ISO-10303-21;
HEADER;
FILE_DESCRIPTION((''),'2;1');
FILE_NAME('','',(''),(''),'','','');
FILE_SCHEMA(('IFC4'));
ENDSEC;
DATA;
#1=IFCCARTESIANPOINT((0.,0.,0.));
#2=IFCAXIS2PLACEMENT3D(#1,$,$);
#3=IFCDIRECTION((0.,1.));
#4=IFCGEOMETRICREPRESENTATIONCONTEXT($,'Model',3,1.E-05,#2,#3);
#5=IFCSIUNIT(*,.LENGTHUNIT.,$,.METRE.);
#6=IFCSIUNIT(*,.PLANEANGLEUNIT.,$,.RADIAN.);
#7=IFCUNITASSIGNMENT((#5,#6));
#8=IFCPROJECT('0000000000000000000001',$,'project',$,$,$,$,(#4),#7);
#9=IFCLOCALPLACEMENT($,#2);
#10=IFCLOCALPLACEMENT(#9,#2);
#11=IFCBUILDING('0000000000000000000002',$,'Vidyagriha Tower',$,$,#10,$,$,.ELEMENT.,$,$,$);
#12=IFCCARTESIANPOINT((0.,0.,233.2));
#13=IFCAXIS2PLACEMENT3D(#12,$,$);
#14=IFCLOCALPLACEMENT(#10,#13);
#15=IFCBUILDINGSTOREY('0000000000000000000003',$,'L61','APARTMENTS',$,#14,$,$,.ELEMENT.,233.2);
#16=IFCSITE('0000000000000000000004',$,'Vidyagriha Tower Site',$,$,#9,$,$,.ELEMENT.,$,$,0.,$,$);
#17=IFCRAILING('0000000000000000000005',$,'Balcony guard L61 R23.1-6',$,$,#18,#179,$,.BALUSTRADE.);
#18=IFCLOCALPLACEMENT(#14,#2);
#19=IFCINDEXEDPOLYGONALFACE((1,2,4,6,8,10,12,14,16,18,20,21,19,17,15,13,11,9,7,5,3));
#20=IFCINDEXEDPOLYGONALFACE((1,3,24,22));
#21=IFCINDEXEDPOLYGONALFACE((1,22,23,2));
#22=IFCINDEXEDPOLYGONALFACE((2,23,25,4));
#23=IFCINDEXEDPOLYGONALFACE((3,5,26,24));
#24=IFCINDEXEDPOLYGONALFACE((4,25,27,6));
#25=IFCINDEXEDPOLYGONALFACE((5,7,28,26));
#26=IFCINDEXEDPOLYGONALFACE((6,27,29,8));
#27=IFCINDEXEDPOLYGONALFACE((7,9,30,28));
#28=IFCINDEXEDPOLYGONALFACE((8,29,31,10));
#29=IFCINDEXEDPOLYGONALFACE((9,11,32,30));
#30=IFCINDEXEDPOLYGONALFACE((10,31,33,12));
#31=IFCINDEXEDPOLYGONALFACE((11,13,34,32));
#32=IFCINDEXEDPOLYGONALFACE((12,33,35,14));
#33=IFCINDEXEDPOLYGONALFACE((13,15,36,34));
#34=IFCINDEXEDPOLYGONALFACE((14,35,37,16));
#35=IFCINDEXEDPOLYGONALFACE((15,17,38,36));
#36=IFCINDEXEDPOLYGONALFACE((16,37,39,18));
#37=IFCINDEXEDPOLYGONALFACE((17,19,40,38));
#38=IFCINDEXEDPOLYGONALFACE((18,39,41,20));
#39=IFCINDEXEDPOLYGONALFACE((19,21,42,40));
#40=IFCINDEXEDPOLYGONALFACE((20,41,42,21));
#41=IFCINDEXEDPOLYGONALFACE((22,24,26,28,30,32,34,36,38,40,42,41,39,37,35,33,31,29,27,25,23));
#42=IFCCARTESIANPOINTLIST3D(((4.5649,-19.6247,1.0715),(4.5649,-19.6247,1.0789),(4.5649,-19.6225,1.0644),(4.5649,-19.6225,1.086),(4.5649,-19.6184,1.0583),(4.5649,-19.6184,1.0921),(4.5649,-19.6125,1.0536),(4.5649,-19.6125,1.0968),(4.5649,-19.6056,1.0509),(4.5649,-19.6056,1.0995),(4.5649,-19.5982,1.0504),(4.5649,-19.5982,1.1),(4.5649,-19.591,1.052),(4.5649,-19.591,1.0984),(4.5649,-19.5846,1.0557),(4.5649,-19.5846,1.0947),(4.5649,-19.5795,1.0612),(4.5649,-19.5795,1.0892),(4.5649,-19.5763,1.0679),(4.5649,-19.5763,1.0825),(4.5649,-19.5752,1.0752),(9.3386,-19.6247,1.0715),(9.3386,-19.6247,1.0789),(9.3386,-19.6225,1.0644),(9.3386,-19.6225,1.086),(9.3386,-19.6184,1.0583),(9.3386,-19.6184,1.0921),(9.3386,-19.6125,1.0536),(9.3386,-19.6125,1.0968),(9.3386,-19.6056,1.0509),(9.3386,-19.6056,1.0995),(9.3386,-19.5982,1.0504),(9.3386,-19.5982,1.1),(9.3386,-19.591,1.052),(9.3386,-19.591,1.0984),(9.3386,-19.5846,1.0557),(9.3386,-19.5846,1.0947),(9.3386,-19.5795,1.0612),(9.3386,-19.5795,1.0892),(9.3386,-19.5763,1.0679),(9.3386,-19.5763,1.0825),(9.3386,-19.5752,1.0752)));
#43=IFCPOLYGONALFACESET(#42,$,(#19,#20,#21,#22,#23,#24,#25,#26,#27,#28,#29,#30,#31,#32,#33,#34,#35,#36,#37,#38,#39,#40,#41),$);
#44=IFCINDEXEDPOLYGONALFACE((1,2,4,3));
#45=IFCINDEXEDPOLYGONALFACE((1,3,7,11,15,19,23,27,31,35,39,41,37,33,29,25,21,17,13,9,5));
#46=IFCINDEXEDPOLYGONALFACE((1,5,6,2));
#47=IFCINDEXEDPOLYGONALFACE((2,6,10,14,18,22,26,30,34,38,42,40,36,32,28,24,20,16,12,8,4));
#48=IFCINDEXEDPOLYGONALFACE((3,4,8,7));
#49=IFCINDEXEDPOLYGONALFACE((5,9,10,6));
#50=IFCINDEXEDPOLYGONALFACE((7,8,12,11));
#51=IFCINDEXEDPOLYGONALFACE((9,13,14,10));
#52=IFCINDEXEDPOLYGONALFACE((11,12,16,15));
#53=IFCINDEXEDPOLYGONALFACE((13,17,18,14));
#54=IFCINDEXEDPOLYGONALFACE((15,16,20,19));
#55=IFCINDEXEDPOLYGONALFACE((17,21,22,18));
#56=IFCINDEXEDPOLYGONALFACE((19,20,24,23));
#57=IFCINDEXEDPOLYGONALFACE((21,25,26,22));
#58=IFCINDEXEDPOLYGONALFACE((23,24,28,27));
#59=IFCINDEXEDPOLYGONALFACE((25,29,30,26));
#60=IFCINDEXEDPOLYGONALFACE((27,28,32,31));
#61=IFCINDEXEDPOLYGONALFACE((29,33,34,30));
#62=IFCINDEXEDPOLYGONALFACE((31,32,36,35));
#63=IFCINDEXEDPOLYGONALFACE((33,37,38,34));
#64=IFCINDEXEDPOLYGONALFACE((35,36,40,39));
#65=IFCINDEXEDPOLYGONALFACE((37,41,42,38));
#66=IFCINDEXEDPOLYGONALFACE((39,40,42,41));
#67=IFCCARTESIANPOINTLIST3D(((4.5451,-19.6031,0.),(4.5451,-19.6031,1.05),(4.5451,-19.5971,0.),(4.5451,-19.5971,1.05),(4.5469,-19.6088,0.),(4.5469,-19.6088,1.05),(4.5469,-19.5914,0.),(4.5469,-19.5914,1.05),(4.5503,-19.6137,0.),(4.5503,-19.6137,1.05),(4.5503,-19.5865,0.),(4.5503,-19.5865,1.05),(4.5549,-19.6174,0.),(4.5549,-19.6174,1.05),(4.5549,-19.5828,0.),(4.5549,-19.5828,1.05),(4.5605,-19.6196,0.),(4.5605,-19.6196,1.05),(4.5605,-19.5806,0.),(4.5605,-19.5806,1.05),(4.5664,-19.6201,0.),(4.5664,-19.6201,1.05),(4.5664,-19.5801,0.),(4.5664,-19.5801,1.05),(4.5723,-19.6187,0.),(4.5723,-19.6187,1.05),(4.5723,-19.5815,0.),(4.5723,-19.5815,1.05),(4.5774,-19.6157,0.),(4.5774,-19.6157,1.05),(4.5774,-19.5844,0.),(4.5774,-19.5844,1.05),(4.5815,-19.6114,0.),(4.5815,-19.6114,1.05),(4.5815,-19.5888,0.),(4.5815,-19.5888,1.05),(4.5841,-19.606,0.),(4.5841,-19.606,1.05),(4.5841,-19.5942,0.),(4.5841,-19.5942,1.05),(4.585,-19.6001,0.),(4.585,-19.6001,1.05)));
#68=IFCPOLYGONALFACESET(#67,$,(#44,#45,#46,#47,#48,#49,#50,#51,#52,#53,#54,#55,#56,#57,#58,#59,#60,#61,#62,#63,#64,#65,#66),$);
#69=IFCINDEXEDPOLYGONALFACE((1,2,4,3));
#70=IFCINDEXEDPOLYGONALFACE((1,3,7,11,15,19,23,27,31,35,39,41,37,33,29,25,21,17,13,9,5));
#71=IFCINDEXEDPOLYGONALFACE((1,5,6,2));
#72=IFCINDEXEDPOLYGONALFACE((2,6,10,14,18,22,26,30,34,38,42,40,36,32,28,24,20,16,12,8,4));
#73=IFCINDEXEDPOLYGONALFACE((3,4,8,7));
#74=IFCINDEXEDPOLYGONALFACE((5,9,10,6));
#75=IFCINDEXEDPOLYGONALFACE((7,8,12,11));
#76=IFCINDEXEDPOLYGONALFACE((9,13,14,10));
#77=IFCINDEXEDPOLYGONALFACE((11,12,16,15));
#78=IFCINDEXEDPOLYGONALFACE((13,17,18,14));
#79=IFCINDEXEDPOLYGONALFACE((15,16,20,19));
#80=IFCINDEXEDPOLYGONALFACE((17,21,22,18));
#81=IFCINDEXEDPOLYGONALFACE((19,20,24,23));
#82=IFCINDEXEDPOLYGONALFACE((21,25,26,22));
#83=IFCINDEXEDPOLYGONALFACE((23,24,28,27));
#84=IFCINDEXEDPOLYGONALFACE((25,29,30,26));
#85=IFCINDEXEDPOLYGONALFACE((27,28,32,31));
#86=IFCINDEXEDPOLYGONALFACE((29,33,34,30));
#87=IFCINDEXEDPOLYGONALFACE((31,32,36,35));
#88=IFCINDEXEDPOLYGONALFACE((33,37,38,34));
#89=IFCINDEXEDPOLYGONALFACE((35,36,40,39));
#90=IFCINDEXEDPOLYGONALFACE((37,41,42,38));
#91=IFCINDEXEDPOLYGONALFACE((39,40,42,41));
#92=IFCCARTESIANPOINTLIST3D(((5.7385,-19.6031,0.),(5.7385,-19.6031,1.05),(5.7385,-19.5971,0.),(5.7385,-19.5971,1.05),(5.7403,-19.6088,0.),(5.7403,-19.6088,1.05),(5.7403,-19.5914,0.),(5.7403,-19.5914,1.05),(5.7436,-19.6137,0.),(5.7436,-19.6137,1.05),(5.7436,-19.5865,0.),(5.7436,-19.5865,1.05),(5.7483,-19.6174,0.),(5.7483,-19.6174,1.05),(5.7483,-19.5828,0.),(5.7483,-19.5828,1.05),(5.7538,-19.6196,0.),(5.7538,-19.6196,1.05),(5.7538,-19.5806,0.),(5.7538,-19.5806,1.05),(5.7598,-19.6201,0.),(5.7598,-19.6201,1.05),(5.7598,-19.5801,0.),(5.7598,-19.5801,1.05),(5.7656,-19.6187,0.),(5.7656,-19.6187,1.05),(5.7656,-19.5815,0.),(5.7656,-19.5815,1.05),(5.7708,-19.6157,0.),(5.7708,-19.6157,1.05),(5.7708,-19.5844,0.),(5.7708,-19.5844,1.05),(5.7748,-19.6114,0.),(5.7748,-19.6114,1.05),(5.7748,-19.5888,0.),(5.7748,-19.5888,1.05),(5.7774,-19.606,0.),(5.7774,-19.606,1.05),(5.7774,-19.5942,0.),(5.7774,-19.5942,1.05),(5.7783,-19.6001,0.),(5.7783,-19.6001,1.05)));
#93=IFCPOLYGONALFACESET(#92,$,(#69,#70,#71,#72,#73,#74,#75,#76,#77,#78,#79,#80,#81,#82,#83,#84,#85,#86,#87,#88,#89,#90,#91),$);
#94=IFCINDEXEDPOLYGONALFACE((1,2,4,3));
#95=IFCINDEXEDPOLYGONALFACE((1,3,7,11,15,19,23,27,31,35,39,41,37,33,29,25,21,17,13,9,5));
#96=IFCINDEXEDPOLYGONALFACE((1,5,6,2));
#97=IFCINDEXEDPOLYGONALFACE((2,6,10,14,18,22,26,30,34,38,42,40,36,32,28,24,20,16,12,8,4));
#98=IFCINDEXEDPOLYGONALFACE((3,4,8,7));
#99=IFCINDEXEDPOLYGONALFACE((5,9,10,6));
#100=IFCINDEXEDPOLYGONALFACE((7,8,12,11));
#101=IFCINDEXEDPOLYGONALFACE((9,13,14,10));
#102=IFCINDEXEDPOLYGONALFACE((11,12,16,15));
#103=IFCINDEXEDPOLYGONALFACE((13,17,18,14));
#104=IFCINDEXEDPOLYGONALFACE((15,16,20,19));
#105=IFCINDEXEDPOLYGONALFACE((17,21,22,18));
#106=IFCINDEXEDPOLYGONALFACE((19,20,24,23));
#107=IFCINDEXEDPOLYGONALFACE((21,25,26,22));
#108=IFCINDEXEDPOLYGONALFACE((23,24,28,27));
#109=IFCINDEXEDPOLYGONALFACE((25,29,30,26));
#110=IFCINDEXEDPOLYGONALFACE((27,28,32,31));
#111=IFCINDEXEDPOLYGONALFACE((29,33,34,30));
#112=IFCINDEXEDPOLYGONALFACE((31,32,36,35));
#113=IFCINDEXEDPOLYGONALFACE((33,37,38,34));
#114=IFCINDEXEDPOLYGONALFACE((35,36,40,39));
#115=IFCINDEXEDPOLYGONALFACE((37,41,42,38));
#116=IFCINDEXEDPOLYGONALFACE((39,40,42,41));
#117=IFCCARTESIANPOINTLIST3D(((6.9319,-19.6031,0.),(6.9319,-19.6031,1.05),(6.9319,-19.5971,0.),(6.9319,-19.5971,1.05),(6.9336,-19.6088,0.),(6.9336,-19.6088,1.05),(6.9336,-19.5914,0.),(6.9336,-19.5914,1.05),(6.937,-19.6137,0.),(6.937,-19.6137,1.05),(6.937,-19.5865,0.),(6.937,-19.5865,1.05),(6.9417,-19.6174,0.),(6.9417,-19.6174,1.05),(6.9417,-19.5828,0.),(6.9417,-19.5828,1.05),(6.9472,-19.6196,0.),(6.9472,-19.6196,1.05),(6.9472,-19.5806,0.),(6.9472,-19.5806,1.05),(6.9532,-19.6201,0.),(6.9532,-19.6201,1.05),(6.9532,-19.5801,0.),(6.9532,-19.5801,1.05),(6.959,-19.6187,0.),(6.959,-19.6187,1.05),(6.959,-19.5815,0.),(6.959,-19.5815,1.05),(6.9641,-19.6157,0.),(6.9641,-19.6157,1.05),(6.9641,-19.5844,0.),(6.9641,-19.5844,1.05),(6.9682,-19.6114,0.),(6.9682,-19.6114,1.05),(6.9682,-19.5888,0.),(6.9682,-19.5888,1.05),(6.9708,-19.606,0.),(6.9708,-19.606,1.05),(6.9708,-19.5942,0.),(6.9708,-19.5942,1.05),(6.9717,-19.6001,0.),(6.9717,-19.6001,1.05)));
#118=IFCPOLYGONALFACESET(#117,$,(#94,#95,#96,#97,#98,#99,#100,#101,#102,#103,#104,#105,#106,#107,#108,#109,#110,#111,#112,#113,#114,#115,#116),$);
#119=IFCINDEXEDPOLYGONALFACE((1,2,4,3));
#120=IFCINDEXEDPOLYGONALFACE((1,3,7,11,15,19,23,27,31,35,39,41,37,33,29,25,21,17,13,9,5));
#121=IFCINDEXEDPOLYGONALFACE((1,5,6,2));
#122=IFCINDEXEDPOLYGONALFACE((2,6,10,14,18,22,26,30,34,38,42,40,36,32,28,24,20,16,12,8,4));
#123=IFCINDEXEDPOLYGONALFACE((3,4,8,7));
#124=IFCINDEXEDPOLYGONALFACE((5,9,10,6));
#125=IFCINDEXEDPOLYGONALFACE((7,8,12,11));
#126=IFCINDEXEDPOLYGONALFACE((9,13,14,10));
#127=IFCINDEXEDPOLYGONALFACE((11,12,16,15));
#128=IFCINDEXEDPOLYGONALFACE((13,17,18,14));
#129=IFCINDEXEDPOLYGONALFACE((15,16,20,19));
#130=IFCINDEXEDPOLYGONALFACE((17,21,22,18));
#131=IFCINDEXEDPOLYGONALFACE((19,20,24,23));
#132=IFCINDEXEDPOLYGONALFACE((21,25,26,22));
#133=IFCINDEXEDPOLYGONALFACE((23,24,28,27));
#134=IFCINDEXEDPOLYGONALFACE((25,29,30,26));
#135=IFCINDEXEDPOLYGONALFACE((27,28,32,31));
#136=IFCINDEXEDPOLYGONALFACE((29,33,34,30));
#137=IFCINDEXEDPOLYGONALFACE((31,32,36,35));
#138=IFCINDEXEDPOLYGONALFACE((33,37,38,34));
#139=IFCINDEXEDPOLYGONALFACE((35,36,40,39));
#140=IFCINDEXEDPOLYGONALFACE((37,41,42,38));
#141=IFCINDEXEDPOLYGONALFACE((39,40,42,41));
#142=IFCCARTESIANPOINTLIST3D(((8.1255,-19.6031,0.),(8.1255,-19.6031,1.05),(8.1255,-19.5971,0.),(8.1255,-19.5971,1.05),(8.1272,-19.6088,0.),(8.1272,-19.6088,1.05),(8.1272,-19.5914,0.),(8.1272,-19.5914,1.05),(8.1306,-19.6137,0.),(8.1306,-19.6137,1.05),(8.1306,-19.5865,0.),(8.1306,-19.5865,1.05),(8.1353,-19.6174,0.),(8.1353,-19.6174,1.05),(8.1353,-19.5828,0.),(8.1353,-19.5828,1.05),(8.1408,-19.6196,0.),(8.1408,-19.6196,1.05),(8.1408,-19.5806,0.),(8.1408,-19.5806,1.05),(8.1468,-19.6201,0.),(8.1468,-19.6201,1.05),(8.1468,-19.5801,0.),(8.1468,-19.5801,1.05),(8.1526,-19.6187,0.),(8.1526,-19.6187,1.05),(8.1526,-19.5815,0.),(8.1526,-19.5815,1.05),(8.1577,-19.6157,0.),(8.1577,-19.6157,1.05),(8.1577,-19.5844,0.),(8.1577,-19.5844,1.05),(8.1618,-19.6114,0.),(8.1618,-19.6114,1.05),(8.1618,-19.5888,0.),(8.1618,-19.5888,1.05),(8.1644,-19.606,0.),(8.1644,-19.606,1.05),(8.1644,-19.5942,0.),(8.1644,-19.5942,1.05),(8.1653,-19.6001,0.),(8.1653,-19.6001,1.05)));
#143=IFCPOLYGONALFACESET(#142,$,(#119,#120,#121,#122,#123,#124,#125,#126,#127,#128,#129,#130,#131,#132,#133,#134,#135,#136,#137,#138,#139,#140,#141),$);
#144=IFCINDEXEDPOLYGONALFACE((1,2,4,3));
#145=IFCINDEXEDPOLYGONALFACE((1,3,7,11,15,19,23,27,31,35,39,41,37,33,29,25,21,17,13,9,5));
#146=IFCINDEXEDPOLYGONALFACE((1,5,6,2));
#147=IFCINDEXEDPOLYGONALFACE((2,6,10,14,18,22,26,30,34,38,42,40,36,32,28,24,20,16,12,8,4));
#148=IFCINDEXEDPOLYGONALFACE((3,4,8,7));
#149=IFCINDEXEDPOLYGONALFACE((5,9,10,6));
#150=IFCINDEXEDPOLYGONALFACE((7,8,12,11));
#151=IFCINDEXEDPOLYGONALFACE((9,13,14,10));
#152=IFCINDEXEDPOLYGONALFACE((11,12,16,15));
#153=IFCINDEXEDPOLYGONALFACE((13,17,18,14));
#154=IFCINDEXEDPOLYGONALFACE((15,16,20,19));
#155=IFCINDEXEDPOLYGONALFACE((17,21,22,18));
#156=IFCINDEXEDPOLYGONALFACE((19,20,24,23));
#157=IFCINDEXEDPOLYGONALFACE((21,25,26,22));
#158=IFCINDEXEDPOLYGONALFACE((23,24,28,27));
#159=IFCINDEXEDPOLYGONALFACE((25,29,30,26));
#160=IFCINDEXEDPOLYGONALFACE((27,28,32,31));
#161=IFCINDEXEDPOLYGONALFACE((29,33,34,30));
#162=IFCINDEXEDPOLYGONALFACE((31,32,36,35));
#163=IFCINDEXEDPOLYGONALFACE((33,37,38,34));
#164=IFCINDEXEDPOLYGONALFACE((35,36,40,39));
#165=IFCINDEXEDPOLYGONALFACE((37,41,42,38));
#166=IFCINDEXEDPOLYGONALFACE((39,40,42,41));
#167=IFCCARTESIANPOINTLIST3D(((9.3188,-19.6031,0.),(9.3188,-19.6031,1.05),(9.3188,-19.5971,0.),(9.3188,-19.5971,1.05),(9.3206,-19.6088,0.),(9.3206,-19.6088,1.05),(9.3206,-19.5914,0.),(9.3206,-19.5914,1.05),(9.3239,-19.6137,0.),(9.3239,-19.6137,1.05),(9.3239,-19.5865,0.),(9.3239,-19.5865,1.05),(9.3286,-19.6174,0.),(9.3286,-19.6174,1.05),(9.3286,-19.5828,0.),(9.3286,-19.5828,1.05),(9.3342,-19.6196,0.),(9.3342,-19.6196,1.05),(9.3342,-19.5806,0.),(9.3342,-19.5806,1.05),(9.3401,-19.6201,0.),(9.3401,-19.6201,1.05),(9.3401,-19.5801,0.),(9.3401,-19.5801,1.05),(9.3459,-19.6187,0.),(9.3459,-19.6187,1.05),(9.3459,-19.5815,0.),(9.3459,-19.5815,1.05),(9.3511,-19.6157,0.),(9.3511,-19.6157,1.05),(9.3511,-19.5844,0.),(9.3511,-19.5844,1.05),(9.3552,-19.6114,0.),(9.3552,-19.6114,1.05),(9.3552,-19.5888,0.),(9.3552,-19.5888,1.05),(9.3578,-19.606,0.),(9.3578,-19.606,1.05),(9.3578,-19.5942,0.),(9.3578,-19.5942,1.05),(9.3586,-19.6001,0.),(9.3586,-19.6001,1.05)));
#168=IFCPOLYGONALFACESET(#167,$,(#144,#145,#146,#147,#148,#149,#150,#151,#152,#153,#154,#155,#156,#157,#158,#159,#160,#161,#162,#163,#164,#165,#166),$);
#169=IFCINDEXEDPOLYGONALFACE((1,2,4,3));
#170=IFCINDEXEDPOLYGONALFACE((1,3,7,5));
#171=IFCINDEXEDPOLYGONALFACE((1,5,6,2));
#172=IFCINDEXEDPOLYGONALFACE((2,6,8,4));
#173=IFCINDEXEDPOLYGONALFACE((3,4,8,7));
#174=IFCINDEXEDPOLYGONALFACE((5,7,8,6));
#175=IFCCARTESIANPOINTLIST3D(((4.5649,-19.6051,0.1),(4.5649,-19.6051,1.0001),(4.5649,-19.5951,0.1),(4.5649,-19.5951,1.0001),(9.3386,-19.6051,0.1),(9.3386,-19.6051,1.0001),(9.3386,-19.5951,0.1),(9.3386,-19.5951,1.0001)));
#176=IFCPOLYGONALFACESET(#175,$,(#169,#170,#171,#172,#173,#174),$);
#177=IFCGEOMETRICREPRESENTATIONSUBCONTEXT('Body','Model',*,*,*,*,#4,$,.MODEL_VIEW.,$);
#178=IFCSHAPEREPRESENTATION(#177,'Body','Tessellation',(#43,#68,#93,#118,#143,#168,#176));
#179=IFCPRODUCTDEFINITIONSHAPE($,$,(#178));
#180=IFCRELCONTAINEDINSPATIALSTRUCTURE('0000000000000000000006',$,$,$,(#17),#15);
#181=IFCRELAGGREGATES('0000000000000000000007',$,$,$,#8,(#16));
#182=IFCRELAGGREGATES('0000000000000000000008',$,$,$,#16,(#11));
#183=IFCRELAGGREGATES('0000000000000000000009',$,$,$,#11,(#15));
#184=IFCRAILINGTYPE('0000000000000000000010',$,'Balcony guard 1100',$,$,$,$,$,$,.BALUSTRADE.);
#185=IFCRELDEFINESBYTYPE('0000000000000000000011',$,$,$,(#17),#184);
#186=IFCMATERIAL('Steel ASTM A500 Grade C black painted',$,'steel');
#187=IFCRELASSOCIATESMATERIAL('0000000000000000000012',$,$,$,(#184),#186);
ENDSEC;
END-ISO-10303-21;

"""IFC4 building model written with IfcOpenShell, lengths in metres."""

from ifc_helpers import new_model, si_unit, direction, frame, origin, origin_2d, place, context, subcontext, project, spatial, rectangle, circle, extrude, material, type_object, element, save


model = new_model("IFC4")

# Units and contexts
model_context = context("Model", 3, precision=1e-05, world=origin(), true_north=direction((0.0, 1.0)))
body_context = subcontext(model_context, "Body", "Model", "MODEL_VIEW")
ifc_project = project(units=[si_unit("LENGTHUNIT", "METRE"), si_unit("PLANEANGLEUNIT", "RADIAN")], contexts=[model_context])

# Site, building, storey
site_placement = place(None, origin())
site = spatial("IfcSite", under=ifc_project, at=site_placement, Name="Vidyagriha Tower Site", CompositionType="ELEMENT", RefElevation=0.0)
building_placement = place(site_placement, origin())
building = spatial("IfcBuilding", under=site, at=building_placement, Name="Vidyagriha Tower", CompositionType="ELEMENT")
storey_placement = place(building_placement, frame((0.0, 0.0, 233.2)))
storey = spatial("IfcBuildingStorey", under=building, at=storey_placement, Name="L61", Description="APARTMENTS", CompositionType="ELEMENT", Elevation=233.2)

# Railing
ifc_material_1 = material(Name="Steel ASTM A500 Grade C black painted", Category="steel")
railing_type = type_object("IfcRailingType", Name="Balcony guard 1100", PredefinedType="BALUSTRADE", material=ifc_material_1)
railing_1_placement = place(storey_placement, frame((4.5649, -19.6001, 0.0)))
element("IfcRailing", 1, at=railing_1_placement, inside=storey, type_object=railing_type, Name="Balcony guard L61 R23.1-6", PredefinedType="BALUSTRADE", context=body_context, shape_type="SweptSolid", body=[
    extrude(circle(Radius=0.0249, at=origin_2d()), frame((0.0, 0.0, 1.0752), z_axis=(1.0, 0.0, 0.0), x_axis=(0.0, 1.0, 0.0)), (0.0, 0.0, 1.0), 4.7737),
    extrude(circle(Radius=0.02, at=origin_2d()), origin(), (0.0, 0.0, 1.0), 1.05),
    extrude(circle(Radius=0.02, at=origin_2d()), frame((1.1934, 0.0, 0.0)), (0.0, 0.0, 1.0), 1.05),
    extrude(circle(Radius=0.02, at=origin_2d()), frame((2.3867, 0.0, 0.0)), (0.0, 0.0, 1.0), 1.05),
    extrude(circle(Radius=0.02, at=origin_2d()), frame((3.5803, 0.0, 0.0)), (0.0, 0.0, 1.0), 1.05),
    extrude(circle(Radius=0.02, at=origin_2d()), frame((4.7737, 0.0, 0.0)), (0.0, 0.0, 1.0), 1.05),
    extrude(rectangle(XDim=0.01, YDim=0.9001, at=origin_2d()), frame((0.0, 0.0, 0.55), z_axis=(1.0, 0.0, 0.0), x_axis=(0.0, 1.0, 0.0)), (0.0, 0.0, 1.0), 4.7737),
])

save(model, "model.ifc")
